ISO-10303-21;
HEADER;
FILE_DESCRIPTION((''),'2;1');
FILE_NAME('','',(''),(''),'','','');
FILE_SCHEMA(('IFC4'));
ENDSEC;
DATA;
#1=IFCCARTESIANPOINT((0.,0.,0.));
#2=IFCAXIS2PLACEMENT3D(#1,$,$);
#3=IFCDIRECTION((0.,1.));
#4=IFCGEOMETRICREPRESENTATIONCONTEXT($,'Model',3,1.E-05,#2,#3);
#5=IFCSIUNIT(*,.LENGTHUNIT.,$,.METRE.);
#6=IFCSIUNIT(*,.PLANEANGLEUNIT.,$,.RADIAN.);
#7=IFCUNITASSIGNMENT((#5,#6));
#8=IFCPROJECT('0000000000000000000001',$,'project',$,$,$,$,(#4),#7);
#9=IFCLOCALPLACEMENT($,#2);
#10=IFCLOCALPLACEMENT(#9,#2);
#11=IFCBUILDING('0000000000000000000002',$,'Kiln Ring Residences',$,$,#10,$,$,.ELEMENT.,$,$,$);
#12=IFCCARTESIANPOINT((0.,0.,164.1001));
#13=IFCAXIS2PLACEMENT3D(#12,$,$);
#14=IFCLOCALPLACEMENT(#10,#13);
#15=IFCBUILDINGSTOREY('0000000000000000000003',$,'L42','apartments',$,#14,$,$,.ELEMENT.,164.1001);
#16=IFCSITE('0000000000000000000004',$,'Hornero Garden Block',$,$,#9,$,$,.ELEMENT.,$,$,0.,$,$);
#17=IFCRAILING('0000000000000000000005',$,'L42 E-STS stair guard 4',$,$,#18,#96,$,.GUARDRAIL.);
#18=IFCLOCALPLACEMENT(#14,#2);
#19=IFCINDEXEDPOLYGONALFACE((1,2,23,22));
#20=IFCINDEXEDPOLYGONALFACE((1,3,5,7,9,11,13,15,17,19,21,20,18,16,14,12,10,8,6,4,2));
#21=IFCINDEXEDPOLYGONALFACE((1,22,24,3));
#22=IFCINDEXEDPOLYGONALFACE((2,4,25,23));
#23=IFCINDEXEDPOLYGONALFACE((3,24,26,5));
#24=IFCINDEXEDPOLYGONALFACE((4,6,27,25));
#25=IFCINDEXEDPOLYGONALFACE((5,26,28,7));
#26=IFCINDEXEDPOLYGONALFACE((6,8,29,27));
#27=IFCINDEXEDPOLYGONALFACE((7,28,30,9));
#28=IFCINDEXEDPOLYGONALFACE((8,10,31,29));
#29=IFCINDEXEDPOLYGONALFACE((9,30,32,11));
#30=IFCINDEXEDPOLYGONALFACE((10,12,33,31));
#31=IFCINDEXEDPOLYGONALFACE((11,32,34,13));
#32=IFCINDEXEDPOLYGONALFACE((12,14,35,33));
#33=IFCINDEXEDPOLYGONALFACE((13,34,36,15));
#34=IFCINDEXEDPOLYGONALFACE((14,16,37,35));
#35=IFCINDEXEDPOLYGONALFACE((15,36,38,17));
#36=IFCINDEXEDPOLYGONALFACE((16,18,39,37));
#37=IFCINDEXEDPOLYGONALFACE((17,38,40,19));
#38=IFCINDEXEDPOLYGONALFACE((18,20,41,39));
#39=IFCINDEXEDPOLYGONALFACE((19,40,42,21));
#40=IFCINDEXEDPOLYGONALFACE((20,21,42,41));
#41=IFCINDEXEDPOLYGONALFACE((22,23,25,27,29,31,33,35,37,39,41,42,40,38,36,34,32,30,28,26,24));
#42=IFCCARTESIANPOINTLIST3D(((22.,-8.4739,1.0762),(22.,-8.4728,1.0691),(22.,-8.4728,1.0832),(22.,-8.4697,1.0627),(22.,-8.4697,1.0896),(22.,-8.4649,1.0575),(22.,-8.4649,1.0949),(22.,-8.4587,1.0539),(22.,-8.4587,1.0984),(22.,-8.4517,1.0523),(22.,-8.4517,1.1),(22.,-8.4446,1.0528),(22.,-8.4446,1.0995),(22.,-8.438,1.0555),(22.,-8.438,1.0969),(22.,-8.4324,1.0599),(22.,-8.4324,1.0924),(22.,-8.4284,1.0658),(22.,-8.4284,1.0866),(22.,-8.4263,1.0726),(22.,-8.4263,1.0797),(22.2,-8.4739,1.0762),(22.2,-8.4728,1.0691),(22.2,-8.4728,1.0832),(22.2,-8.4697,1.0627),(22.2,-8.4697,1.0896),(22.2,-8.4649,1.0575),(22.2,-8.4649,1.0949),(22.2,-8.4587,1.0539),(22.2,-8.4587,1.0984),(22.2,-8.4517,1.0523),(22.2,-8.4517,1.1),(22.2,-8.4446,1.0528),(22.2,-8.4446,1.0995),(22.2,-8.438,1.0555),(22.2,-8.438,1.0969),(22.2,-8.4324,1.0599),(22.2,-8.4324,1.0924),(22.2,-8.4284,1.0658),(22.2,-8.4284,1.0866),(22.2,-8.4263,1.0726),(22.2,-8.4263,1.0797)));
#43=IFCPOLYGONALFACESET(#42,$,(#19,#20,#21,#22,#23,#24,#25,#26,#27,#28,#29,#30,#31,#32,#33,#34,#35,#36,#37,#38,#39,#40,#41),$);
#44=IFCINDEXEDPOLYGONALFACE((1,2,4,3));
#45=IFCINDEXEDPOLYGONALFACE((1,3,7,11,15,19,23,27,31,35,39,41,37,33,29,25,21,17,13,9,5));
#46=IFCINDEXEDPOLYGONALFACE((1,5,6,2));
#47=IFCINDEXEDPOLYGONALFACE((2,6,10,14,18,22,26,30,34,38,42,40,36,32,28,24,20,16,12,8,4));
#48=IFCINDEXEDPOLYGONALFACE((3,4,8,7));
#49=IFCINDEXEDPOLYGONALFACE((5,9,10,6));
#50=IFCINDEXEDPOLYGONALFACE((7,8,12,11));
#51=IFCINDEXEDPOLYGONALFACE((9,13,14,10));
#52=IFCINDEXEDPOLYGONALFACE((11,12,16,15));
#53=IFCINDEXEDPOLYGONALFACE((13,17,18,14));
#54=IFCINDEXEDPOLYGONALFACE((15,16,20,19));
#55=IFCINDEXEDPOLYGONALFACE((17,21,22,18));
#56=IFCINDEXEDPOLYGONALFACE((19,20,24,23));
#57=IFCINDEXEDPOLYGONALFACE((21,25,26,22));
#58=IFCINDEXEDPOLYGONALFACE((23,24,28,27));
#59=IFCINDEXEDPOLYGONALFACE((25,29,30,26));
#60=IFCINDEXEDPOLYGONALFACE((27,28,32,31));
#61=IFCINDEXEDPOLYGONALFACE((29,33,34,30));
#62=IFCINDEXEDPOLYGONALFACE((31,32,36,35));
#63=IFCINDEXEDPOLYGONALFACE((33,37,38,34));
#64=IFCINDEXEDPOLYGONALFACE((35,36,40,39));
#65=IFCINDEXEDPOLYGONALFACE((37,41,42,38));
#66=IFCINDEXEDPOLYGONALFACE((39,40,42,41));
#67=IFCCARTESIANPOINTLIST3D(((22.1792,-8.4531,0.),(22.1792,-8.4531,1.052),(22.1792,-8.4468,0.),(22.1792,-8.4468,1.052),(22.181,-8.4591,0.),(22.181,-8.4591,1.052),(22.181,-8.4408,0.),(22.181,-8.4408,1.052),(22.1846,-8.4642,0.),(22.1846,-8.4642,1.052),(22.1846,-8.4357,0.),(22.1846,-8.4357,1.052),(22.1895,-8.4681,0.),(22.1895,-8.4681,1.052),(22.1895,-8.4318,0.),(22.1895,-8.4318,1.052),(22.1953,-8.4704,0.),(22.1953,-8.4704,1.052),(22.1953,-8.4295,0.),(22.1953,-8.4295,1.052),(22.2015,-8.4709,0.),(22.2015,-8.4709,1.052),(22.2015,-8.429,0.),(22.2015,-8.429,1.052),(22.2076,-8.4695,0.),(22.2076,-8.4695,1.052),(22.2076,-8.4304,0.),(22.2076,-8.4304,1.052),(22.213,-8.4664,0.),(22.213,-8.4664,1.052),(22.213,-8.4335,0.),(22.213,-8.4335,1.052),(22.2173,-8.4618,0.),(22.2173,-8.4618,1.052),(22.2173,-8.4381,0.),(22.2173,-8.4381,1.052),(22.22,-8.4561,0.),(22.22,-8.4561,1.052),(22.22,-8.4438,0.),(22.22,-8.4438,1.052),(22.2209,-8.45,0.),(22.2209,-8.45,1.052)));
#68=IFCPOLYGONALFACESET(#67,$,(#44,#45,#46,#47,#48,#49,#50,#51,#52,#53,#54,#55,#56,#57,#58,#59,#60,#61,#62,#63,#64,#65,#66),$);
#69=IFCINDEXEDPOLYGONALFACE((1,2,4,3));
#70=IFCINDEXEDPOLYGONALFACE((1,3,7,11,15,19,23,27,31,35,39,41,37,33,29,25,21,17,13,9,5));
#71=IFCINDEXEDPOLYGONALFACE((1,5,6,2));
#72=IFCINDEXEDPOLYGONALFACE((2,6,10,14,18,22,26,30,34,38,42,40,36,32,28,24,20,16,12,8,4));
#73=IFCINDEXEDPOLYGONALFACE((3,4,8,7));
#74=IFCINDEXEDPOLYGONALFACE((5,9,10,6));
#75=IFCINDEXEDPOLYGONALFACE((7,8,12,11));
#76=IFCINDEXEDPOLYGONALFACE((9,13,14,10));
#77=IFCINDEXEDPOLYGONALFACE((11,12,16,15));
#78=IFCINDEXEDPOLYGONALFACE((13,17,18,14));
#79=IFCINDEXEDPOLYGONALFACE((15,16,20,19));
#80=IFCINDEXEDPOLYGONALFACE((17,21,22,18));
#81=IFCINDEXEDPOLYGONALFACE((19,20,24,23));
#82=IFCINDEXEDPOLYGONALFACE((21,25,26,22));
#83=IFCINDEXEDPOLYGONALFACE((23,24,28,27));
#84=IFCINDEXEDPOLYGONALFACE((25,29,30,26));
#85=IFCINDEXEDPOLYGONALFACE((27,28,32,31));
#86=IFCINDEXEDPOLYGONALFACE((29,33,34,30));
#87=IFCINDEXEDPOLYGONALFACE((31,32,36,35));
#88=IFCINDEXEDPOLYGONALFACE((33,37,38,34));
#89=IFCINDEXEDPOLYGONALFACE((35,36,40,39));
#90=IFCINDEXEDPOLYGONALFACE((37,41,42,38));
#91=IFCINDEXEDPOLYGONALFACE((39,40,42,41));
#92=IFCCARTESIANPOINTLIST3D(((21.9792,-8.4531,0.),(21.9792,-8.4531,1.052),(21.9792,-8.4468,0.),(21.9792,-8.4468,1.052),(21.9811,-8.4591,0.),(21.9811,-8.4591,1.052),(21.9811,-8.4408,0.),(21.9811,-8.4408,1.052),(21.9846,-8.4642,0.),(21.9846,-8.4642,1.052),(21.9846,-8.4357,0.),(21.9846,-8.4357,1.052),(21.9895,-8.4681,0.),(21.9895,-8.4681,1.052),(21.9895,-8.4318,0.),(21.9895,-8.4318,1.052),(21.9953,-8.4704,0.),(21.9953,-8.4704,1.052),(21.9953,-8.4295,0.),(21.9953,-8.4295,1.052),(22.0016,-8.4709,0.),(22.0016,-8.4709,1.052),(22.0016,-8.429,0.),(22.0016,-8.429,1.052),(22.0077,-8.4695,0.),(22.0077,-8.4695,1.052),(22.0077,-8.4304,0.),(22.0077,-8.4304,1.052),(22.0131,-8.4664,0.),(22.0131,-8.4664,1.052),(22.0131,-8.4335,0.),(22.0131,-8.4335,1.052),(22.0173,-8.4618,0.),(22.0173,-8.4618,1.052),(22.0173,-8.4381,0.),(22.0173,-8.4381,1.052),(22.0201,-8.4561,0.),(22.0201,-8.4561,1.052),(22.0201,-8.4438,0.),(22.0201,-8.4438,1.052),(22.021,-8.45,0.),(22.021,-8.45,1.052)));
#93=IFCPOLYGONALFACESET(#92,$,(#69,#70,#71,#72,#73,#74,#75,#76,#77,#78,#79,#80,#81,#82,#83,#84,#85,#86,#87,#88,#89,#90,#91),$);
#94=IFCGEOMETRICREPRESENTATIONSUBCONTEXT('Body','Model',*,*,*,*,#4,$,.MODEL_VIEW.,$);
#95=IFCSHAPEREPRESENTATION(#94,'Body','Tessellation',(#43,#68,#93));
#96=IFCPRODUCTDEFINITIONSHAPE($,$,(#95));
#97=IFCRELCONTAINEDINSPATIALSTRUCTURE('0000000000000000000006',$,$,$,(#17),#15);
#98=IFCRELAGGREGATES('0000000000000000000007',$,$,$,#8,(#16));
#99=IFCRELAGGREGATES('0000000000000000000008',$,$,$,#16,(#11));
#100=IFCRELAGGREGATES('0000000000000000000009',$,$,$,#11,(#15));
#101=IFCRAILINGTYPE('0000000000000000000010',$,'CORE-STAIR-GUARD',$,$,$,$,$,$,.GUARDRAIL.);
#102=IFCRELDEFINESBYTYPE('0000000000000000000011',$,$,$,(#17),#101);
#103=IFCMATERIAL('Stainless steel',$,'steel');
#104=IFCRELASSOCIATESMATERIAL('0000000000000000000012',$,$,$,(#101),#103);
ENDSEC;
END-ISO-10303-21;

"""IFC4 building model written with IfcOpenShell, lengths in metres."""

from ifc_helpers import new_model, si_unit, direction, frame, origin, origin_2d, place, context, subcontext, project, spatial, circle, extrude, material, type_object, element, save


model = new_model("IFC4")

# Units and contexts
model_context = context("Model", 3, precision=1e-05, world=origin(), true_north=direction((0.0, 1.0)))
body_context = subcontext(model_context, "Body", "Model", "MODEL_VIEW")
ifc_project = project(units=[si_unit("LENGTHUNIT", "METRE"), si_unit("PLANEANGLEUNIT", "RADIAN")], contexts=[model_context])

# Site, building, storey
site_placement = place(None, origin())
site = spatial("IfcSite", under=ifc_project, at=site_placement, Name="Hornero Garden Block", CompositionType="ELEMENT", RefElevation=0.0)
building_placement = place(site_placement, origin())
building = spatial("IfcBuilding", under=site, at=building_placement, Name="Kiln Ring Residences", CompositionType="ELEMENT")
storey_placement = place(building_placement, frame((0.0, 0.0, 164.1001)))
storey = spatial("IfcBuildingStorey", under=building, at=storey_placement, Name="L42", Description="apartments", CompositionType="ELEMENT", Elevation=164.1001)

# Railing
ifc_material_1 = material(Name="Stainless steel", Category="steel")
railing_type_1 = type_object("IfcRailingType", Name="CORE-STAIR-GUARD", PredefinedType="GUARDRAIL", material=ifc_material_1)
railing_1_placement = place(storey_placement, frame((22.2, -8.45, 0.0)))
element("IfcRailing", 1, at=railing_1_placement, inside=storey, type_object=railing_type_1, Name="L42 E-STS stair guard 4", PredefinedType="GUARDRAIL", context=body_context, shape_type="SweptSolid", body=[
    extrude(circle(Radius=0.0239, at=origin_2d()), frame((0.0, 0.0, 1.0762), z_axis=(-1.0, 0.0, 0.0), x_axis=(0.0, -1.0, 0.0)), (0.0, 0.0, 1.0), 0.2),
    extrude(circle(Radius=0.021, at=origin_2d()), origin(), (0.0, 0.0, 1.0), 1.052),
    extrude(circle(Radius=0.021, at=origin_2d()), frame((-0.2, 0.0, 0.0)), (0.0, 0.0, 1.0), 1.052),
])

save(model, "model.ifc")
